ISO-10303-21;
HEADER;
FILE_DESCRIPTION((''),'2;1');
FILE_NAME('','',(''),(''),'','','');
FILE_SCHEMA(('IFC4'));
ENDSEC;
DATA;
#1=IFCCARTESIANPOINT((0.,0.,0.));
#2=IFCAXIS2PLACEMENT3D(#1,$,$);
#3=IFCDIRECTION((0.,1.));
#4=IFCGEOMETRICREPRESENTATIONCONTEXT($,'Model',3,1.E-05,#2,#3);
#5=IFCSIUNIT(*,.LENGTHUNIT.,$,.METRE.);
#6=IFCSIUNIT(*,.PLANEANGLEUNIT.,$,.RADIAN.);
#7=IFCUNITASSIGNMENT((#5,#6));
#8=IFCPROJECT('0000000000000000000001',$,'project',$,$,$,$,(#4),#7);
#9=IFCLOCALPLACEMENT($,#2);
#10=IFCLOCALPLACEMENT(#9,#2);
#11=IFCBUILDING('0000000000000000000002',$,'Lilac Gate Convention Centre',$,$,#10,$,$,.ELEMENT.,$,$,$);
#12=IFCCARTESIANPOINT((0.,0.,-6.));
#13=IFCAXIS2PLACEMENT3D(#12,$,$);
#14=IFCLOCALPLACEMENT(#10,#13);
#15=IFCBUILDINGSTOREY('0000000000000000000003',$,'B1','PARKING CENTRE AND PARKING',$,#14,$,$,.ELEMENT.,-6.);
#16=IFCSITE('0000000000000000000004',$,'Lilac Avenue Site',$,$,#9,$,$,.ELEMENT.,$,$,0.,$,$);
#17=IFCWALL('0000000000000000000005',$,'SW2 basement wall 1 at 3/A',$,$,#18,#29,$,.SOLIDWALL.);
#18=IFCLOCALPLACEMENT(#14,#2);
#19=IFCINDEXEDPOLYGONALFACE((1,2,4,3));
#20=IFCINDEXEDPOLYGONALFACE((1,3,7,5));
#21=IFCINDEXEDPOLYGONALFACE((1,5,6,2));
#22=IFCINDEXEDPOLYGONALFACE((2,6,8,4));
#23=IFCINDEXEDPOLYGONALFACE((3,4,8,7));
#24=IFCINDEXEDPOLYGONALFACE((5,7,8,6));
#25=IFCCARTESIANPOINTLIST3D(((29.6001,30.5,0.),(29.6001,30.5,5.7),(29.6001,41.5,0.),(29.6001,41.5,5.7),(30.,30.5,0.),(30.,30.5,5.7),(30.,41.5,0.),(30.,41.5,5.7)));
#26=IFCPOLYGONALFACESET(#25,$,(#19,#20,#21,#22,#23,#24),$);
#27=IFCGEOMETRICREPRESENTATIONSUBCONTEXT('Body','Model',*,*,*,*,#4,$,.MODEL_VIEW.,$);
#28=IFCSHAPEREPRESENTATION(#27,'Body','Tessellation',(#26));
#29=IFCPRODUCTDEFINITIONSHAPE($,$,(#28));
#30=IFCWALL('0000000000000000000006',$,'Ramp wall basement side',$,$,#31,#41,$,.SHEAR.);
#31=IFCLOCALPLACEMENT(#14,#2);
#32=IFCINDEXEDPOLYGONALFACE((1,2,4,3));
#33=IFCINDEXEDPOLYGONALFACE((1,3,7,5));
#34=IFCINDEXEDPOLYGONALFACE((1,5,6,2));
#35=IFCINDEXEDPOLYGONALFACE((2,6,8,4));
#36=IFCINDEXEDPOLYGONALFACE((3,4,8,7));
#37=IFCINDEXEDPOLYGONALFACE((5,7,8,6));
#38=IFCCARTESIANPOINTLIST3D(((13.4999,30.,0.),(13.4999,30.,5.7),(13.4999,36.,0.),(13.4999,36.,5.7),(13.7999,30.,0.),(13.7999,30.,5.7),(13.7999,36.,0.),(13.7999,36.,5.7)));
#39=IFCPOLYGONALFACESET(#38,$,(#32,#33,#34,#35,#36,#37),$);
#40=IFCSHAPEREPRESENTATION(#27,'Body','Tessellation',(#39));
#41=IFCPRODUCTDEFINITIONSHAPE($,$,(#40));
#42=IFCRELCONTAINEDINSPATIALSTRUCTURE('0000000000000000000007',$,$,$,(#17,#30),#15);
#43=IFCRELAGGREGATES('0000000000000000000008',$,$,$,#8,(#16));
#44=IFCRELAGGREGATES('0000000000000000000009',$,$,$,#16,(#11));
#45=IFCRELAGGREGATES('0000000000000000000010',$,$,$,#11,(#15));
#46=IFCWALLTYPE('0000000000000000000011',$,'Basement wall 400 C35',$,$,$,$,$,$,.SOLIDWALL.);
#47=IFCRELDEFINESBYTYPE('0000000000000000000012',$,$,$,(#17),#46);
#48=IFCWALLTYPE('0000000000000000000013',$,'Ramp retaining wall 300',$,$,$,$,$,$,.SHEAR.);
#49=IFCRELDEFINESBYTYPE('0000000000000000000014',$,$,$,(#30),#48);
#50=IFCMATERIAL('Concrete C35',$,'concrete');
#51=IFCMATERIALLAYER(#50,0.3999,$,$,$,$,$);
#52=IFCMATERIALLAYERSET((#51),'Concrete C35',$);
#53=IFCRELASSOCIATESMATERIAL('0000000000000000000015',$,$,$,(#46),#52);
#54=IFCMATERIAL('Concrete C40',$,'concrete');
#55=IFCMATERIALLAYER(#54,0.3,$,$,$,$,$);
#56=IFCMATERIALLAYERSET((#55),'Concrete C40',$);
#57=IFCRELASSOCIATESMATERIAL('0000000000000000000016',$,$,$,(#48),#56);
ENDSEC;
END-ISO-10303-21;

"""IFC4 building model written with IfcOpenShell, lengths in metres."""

from ifc_helpers import new_model, si_unit, direction, frame, frame_2d, origin, place, context, subcontext, project, spatial, rectangle, extrude, material, layer, layer_set, type_object, element, save


model = new_model("IFC4")

# Units and contexts
model_context = context("Model", 3, precision=1e-05, world=origin(), true_north=direction((0.0, 1.0)))
body_context = subcontext(model_context, "Body", "Model", "MODEL_VIEW")
ifc_project = project(units=[si_unit("LENGTHUNIT", "METRE"), si_unit("PLANEANGLEUNIT", "RADIAN")], contexts=[model_context])

# Site, building, storey
site_placement = place(None, origin())
site = spatial("IfcSite", under=ifc_project, at=site_placement, Name="Lilac Avenue Site", CompositionType="ELEMENT", RefElevation=0.0)
building_placement = place(site_placement, origin())
building = spatial("IfcBuilding", under=site, at=building_placement, Name="Lilac Gate Convention Centre", CompositionType="ELEMENT")
storey_placement = place(building_placement, frame((0.0, 0.0, -6.0)))
storey = spatial("IfcBuildingStorey", under=building, at=storey_placement, Name="B1", Description="PARKING CENTRE AND PARKING", CompositionType="ELEMENT", Elevation=-6.0)

# Shared definitions
ifc_material_1 = material(Name="Concrete C35", Category="concrete")

# Shared definitions
ifc_material_2 = material(Name="Concrete C40", Category="concrete")

# Walls
ifc_layer_1 = layer(ifc_material_1, 0.3999)
ifc_layer_set_1 = layer_set([ifc_layer_1], Name="Concrete C35")
wall_type_1 = type_object("IfcWallType", Name="Basement wall 400 C35", PredefinedType="SOLIDWALL", material=ifc_layer_set_1)
wall_1_placement = place(storey_placement, frame((29.8, 30.5, 0.0), z_axis=(0.0, 0.0, 1.0), x_axis=(0.0, 1.0, 0.0)))
element("IfcWall", 1, at=wall_1_placement, inside=storey, type_object=wall_type_1, Name="SW2 basement wall 1 at 3/A", PredefinedType="SOLIDWALL", context=body_context, shape_type="SweptSolid", body=[
    extrude(rectangle(XDim=11.0, YDim=0.3999, at=frame_2d((5.5, 0.0))), origin(), (0.0, 0.0, 1.0), 5.7),
])
ifc_layer_2 = layer(ifc_material_2, 0.3)
ifc_layer_set_2 = layer_set([ifc_layer_2], Name="Concrete C40")
wall_type_2 = type_object("IfcWallType", Name="Ramp retaining wall 300", PredefinedType="SHEAR", material=ifc_layer_set_2)
wall_2_placement = place(storey_placement, frame((13.6499, 30.0, 0.0), z_axis=(0.0, 0.0, 1.0), x_axis=(0.0, 1.0, 0.0)))
element("IfcWall", 2, at=wall_2_placement, inside=storey, type_object=wall_type_2, Name="Ramp wall basement side", PredefinedType="SHEAR", context=body_context, shape_type="SweptSolid", body=[
    extrude(rectangle(XDim=6.0, YDim=0.3, at=frame_2d((3.0, 0.0))), origin(), (0.0, 0.0, 1.0), 5.7),
])

save(model, "model.ifc")
